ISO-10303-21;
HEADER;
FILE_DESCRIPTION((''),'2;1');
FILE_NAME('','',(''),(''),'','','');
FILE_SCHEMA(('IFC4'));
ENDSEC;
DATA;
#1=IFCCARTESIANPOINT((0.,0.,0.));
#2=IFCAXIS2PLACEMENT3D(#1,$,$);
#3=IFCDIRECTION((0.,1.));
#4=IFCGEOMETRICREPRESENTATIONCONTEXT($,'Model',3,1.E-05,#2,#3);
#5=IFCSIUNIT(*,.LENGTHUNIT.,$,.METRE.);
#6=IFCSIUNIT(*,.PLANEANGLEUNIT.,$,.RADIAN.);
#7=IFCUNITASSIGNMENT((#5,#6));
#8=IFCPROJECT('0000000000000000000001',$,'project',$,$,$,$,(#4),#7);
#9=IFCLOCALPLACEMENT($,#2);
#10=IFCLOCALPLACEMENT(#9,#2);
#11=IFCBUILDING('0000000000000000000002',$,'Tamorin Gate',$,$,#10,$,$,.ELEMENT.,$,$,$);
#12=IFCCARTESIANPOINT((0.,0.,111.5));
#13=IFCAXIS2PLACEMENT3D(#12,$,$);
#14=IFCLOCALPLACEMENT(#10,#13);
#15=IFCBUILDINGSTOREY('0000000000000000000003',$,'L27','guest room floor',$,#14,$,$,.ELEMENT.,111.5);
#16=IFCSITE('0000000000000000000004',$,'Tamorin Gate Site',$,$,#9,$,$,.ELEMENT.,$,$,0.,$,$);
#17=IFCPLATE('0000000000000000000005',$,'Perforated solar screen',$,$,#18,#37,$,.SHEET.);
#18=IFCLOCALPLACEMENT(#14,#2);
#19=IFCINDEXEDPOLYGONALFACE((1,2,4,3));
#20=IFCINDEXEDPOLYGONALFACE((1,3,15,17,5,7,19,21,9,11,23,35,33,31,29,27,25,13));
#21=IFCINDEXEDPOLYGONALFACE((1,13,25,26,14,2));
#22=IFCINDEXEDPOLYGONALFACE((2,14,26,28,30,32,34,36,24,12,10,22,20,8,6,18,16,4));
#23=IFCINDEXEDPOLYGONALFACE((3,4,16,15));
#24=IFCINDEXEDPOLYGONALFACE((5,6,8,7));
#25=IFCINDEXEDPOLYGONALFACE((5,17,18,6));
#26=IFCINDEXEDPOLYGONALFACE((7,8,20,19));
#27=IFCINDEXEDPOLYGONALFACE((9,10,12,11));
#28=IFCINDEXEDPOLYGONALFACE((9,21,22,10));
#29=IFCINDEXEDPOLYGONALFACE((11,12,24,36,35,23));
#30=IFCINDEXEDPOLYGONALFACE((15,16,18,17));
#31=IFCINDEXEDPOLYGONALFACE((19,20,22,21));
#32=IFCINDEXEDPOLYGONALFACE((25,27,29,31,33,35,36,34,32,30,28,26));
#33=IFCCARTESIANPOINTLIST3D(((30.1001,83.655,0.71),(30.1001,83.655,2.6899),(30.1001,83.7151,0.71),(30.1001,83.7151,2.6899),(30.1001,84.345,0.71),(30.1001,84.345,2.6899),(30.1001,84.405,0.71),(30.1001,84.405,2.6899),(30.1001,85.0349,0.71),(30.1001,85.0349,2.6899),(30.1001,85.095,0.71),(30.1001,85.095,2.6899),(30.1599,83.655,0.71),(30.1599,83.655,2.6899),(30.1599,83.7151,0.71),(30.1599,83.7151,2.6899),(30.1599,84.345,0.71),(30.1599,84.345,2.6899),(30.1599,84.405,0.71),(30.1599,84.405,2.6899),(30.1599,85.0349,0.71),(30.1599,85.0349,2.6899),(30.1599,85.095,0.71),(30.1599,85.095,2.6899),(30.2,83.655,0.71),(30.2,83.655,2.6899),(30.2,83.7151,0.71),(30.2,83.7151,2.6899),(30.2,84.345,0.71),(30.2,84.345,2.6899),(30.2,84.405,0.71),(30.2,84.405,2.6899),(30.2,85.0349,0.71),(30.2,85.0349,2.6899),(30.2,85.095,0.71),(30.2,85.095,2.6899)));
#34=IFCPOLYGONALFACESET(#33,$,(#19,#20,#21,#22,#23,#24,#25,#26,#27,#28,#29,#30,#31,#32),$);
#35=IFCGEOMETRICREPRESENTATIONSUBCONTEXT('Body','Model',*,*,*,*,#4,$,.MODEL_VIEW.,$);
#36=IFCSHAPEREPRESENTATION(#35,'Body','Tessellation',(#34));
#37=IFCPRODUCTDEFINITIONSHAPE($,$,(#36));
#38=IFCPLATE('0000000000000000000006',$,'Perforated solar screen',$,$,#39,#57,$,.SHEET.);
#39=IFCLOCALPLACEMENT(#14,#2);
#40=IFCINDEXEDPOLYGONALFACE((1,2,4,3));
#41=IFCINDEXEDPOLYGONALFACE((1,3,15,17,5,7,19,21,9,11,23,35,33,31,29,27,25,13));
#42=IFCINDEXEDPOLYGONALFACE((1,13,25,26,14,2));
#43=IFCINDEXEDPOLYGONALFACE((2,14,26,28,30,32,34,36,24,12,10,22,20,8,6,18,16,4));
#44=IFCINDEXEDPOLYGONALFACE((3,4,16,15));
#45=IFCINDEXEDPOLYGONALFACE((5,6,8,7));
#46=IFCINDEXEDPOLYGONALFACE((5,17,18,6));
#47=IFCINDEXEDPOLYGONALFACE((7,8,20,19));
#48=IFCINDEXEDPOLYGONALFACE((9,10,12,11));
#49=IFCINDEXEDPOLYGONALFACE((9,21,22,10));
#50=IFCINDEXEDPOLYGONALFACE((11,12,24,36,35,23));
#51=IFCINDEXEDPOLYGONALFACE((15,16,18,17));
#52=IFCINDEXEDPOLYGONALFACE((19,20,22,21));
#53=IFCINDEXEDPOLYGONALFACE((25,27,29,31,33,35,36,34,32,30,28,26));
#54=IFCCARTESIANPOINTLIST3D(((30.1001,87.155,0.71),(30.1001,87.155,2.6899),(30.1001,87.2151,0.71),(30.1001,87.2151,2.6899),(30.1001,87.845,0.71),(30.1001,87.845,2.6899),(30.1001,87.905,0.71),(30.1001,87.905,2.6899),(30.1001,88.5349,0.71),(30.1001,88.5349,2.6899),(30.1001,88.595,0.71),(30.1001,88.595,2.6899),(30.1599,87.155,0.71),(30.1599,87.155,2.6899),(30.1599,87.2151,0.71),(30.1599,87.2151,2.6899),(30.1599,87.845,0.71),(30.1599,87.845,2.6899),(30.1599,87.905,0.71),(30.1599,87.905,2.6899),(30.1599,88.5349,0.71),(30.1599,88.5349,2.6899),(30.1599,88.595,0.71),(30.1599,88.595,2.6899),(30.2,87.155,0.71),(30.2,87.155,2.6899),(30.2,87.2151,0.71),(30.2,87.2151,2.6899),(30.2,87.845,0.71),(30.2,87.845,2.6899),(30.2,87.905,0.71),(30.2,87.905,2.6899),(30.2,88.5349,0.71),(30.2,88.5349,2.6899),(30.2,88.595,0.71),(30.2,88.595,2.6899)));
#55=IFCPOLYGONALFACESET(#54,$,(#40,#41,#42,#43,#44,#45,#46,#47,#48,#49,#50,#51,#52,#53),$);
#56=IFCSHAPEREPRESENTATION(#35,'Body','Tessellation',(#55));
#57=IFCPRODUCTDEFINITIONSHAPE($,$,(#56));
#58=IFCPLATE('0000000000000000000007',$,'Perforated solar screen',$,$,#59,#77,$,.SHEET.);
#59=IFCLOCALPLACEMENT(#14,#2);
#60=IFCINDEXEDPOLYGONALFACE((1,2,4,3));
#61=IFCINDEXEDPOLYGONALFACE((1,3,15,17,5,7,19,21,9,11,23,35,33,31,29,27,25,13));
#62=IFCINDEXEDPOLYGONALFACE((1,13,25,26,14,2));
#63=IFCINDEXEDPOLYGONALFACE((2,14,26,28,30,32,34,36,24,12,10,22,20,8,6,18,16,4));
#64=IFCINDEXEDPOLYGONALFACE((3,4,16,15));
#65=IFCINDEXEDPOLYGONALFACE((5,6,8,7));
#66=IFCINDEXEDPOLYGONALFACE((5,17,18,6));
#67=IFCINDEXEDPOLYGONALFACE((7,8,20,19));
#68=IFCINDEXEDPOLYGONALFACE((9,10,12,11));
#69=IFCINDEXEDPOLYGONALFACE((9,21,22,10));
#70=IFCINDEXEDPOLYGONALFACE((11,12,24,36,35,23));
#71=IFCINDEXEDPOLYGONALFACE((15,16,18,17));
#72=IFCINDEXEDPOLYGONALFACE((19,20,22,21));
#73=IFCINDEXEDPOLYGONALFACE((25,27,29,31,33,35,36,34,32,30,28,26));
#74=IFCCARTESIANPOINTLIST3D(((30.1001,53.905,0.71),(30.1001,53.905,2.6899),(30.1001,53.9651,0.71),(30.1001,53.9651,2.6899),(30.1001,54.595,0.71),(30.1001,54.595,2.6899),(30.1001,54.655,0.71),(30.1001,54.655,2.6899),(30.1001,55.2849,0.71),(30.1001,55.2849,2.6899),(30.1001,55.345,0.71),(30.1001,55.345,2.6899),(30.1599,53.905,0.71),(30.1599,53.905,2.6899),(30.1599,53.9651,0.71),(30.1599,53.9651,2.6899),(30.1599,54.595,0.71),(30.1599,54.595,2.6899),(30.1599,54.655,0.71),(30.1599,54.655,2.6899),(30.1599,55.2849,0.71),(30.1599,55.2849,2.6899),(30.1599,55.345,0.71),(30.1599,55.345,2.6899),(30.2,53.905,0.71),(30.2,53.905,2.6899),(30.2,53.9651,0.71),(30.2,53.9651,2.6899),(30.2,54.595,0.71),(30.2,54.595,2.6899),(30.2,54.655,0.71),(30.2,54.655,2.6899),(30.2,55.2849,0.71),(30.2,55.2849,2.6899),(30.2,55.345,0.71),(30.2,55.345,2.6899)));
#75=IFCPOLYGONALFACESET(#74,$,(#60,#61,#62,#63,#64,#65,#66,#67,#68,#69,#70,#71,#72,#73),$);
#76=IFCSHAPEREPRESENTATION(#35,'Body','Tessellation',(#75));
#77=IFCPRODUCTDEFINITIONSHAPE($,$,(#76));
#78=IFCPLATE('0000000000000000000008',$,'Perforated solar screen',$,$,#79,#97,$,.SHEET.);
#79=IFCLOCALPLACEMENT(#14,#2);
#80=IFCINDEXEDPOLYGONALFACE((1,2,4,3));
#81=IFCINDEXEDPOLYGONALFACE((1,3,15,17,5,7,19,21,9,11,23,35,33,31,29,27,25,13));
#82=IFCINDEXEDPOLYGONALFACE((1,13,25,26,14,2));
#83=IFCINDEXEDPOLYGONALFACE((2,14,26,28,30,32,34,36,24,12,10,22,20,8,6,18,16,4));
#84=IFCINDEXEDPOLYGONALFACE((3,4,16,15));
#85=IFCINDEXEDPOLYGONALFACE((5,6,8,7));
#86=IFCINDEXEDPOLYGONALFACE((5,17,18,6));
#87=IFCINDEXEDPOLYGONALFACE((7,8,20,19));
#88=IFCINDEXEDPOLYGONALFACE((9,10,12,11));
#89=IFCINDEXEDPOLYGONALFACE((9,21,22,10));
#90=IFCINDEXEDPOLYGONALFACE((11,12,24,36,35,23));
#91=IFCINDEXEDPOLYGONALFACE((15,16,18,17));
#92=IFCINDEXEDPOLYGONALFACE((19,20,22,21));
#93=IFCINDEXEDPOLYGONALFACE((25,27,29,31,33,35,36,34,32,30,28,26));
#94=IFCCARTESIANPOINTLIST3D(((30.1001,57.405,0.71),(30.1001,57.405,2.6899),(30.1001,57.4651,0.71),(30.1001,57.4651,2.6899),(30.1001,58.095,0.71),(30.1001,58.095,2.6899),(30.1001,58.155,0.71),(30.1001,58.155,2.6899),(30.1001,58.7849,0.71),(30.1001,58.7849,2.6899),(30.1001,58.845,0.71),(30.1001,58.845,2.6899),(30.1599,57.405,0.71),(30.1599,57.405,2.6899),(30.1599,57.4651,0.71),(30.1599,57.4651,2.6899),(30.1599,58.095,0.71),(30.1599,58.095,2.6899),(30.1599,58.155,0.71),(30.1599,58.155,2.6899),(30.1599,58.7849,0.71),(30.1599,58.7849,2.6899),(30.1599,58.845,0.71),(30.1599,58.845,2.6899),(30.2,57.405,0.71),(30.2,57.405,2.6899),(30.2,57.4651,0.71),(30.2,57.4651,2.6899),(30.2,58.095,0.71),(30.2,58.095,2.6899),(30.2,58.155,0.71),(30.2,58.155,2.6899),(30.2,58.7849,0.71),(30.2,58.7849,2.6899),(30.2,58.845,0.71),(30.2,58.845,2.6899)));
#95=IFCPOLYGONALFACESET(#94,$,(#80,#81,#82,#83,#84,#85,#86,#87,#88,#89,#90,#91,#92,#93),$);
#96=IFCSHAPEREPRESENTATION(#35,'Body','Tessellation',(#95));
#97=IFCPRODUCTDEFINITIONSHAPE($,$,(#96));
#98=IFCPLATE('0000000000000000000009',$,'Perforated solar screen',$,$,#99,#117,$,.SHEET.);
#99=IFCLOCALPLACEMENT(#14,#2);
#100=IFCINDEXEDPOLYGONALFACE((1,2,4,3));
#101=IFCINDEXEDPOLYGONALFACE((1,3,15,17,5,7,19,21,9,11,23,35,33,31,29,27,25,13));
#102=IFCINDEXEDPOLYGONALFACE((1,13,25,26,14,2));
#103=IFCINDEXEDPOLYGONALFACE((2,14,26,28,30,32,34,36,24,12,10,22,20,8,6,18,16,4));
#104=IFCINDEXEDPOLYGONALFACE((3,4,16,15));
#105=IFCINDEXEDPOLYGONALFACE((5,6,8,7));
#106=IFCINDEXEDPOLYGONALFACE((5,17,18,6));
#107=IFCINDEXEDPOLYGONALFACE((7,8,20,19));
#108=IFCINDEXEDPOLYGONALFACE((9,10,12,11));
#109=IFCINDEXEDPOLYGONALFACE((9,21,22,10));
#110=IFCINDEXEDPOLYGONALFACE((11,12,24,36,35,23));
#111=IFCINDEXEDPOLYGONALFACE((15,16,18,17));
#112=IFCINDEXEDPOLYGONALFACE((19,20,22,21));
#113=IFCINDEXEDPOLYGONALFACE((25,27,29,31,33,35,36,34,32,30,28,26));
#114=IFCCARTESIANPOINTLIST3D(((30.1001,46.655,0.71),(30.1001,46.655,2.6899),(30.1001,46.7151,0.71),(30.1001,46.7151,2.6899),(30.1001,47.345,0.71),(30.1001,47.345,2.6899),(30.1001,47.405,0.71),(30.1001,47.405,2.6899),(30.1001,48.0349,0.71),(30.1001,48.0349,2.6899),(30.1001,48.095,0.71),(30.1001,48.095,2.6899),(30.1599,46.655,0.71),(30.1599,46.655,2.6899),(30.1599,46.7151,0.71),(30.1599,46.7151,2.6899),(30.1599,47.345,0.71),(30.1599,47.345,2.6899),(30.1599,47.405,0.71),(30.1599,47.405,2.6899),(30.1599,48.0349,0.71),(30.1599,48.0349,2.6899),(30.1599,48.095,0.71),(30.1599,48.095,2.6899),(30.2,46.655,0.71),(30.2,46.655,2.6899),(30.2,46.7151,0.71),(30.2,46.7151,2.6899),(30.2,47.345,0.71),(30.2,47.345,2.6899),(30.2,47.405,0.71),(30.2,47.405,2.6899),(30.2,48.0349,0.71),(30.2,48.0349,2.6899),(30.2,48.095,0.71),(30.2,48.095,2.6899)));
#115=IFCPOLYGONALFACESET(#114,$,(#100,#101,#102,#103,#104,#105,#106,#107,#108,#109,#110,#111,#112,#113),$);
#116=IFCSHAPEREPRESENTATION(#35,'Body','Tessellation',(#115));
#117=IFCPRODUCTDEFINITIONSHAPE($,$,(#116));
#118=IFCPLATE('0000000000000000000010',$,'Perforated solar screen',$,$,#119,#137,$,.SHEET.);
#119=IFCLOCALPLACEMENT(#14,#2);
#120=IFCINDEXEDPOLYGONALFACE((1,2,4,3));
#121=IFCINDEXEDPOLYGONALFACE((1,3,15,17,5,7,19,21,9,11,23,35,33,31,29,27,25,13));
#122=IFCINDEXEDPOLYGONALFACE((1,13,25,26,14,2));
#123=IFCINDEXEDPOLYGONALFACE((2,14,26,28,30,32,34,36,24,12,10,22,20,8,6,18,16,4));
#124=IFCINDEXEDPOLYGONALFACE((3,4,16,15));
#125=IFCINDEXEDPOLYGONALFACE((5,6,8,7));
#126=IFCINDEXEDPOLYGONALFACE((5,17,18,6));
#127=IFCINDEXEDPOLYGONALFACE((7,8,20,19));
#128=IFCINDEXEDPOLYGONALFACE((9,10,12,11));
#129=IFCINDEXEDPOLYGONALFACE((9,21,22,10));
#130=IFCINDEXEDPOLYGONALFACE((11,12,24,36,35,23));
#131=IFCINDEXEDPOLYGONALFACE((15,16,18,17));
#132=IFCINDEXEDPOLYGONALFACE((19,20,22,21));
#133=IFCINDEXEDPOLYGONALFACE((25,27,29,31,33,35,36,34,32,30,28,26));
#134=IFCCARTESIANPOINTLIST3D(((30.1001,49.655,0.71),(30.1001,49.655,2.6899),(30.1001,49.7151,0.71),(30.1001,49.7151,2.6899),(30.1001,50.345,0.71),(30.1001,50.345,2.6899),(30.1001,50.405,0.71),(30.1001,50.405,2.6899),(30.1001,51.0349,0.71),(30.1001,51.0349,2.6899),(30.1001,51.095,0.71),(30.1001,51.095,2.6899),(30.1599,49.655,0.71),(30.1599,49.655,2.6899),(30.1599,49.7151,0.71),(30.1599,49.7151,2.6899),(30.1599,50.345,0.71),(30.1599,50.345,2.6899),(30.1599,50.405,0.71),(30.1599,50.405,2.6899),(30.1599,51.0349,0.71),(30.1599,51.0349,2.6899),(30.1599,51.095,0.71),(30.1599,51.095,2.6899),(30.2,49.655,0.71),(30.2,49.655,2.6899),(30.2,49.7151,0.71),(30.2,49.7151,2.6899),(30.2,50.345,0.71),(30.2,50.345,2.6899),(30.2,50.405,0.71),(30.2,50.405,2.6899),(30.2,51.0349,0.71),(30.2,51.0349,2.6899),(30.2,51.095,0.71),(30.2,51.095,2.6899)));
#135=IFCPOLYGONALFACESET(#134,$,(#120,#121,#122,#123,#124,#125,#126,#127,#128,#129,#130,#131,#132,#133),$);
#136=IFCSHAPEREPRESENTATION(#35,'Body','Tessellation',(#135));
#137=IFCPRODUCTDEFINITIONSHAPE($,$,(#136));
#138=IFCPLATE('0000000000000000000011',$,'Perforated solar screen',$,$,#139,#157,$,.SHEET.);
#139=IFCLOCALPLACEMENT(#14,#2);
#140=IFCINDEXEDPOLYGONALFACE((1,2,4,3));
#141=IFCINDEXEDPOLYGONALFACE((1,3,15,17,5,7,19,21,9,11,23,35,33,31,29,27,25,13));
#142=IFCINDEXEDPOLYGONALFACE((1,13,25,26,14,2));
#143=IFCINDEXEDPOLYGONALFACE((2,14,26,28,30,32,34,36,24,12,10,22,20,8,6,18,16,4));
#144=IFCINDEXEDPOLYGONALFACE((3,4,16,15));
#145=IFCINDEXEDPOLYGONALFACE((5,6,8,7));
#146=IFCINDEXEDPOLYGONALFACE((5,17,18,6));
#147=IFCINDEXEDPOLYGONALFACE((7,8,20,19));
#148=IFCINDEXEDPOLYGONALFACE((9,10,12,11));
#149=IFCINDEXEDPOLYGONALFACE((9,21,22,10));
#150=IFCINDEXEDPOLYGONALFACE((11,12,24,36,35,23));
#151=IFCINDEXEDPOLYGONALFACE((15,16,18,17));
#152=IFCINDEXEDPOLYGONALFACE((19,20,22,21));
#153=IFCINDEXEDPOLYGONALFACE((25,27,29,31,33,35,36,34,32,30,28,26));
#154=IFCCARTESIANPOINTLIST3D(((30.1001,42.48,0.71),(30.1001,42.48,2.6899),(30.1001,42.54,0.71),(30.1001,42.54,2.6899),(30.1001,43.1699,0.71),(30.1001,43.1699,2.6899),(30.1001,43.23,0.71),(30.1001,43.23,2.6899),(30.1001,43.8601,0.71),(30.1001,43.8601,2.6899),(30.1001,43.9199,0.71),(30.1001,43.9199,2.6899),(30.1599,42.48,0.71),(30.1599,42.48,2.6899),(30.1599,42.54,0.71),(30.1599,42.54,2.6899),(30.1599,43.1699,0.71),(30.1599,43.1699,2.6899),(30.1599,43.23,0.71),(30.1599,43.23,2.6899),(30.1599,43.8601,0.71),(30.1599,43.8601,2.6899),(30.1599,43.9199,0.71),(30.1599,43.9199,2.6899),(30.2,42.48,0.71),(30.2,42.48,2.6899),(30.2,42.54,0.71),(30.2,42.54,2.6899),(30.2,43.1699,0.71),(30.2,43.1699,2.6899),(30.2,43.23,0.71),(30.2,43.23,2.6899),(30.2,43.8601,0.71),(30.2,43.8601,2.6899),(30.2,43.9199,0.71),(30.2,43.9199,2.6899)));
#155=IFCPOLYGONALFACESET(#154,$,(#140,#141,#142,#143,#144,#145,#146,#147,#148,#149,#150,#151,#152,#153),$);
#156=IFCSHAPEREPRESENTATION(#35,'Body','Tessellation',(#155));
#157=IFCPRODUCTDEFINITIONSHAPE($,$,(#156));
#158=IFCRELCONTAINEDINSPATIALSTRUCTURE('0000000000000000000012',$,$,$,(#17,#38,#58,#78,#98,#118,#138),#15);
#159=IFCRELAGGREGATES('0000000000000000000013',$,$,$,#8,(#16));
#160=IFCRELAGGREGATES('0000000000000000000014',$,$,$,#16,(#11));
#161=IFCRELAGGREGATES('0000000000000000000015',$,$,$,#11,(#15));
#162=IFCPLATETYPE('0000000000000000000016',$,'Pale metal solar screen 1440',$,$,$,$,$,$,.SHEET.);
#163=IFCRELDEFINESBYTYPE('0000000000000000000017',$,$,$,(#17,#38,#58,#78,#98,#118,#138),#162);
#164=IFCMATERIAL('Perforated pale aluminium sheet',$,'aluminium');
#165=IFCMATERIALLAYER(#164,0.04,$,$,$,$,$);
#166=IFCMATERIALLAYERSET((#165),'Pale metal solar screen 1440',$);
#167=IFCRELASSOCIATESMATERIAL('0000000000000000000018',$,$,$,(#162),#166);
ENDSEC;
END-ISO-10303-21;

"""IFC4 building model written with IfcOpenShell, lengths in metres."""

from ifc_helpers import new_model, si_unit, direction, frame, origin, place, context, subcontext, project, spatial, polyline, outline, extrude, material, layer, layer_set, type_object, element, save


model = new_model("IFC4")

# Units and contexts
model_context = context("Model", 3, precision=1e-05, world=origin(), true_north=direction((0.0, 1.0)))
body_context = subcontext(model_context, "Body", "Model", "MODEL_VIEW")
ifc_project = project(units=[si_unit("LENGTHUNIT", "METRE"), si_unit("PLANEANGLEUNIT", "RADIAN")], contexts=[model_context])

# Site, building, storey
site_placement = place(None, origin())
site = spatial("IfcSite", under=ifc_project, at=site_placement, Name="Tamorin Gate Site", CompositionType="ELEMENT", RefElevation=0.0)
building_placement = place(site_placement, origin())
building = spatial("IfcBuilding", under=site, at=building_placement, Name="Tamorin Gate", CompositionType="ELEMENT")
storey_placement = place(building_placement, frame((0.0, 0.0, 111.5)))
storey = spatial("IfcBuildingStorey", under=building, at=storey_placement, Name="L27", Description="guest room floor", CompositionType="ELEMENT", Elevation=111.5)

# Plates
ifc_material_1 = material(Name="Perforated pale aluminium sheet", Category="aluminium")
ifc_layer_1 = layer(ifc_material_1, 0.04)
ifc_layer_set_1 = layer_set([ifc_layer_1], Name="Pale metal solar screen 1440")
plate_type = type_object("IfcPlateType", Name="Pale metal solar screen 1440", PredefinedType="SHEET", material=ifc_layer_set_1)
plate_1_placement = place(storey_placement, frame((0.0, 0.0, 0.71)))
element("IfcPlate", 1, at=plate_1_placement, inside=storey, type_object=plate_type, Name="Perforated solar screen", PredefinedType="SHEET", context=body_context, shape_type="SweptSolid", body=[
    extrude(outline(polyline([(30.1599, 85.095), (30.2, 85.095), (30.2, 85.0349), (30.2, 84.405), (30.2, 84.345), (30.2, 83.7151), (30.2, 83.655), (30.1599, 83.655), (30.1001, 83.655), (30.1001, 83.7151), (30.1599, 83.7151), (30.1599, 84.345), (30.1001, 84.345), (30.1001, 84.405), (30.1599, 84.405), (30.1599, 85.0349), (30.1001, 85.0349), (30.1001, 85.095), (30.1599, 85.095)])), origin(), (0.0, 0.0, 1.0), 1.98),
])
plate_2_placement = place(storey_placement, frame((0.0, 0.0, 0.71)))
element("IfcPlate", 2, at=plate_2_placement, inside=storey, type_object=plate_type, Name="Perforated solar screen", PredefinedType="SHEET", context=body_context, shape_type="SweptSolid", body=[
    extrude(outline(polyline([(30.1599, 88.595), (30.2, 88.595), (30.2, 88.5349), (30.2, 87.905), (30.2, 87.845), (30.2, 87.2151), (30.2, 87.155), (30.1599, 87.155), (30.1001, 87.155), (30.1001, 87.2151), (30.1599, 87.2151), (30.1599, 87.845), (30.1001, 87.845), (30.1001, 87.905), (30.1599, 87.905), (30.1599, 88.5349), (30.1001, 88.5349), (30.1001, 88.595), (30.1599, 88.595)])), origin(), (0.0, 0.0, 1.0), 1.98),
])
plate_3_placement = place(storey_placement, frame((0.0, 0.0, 0.71)))
element("IfcPlate", 3, at=plate_3_placement, inside=storey, type_object=plate_type, Name="Perforated solar screen", PredefinedType="SHEET", context=body_context, shape_type="SweptSolid", body=[
    extrude(outline(polyline([(30.1599, 55.345), (30.2, 55.345), (30.2, 55.2849), (30.2, 54.655), (30.2, 54.595), (30.2, 53.9651), (30.2, 53.905), (30.1599, 53.905), (30.1001, 53.905), (30.1001, 53.9651), (30.1599, 53.9651), (30.1599, 54.595), (30.1001, 54.595), (30.1001, 54.655), (30.1599, 54.655), (30.1599, 55.2849), (30.1001, 55.2849), (30.1001, 55.345), (30.1599, 55.345)])), origin(), (0.0, 0.0, 1.0), 1.98),
])
plate_4_placement = place(storey_placement, frame((0.0, 0.0, 0.71)))
element("IfcPlate", 4, at=plate_4_placement, inside=storey, type_object=plate_type, Name="Perforated solar screen", PredefinedType="SHEET", context=body_context, shape_type="SweptSolid", body=[
    extrude(outline(polyline([(30.1599, 58.845), (30.2, 58.845), (30.2, 58.7849), (30.2, 58.155), (30.2, 58.095), (30.2, 57.4651), (30.2, 57.405), (30.1599, 57.405), (30.1001, 57.405), (30.1001, 57.4651), (30.1599, 57.4651), (30.1599, 58.095), (30.1001, 58.095), (30.1001, 58.155), (30.1599, 58.155), (30.1599, 58.7849), (30.1001, 58.7849), (30.1001, 58.845), (30.1599, 58.845)])), origin(), (0.0, 0.0, 1.0), 1.98),
])
plate_5_placement = place(storey_placement, frame((0.0, 0.0, 0.71)))
element("IfcPlate", 5, at=plate_5_placement, inside=storey, type_object=plate_type, Name="Perforated solar screen", PredefinedType="SHEET", context=body_context, shape_type="SweptSolid", body=[
    extrude(outline(polyline([(30.1599, 48.095), (30.2, 48.095), (30.2, 48.0349), (30.2, 47.405), (30.2, 47.345), (30.2, 46.7151), (30.2, 46.655), (30.1599, 46.655), (30.1001, 46.655), (30.1001, 46.7151), (30.1599, 46.7151), (30.1599, 47.345), (30.1001, 47.345), (30.1001, 47.405), (30.1599, 47.405), (30.1599, 48.0349), (30.1001, 48.0349), (30.1001, 48.095), (30.1599, 48.095)])), origin(), (0.0, 0.0, 1.0), 1.98),
])
plate_6_placement = place(storey_placement, frame((0.0, 0.0, 0.71)))
element("IfcPlate", 6, at=plate_6_placement, inside=storey, type_object=plate_type, Name="Perforated solar screen", PredefinedType="SHEET", context=body_context, shape_type="SweptSolid", body=[
    extrude(outline(polyline([(30.1599, 51.095), (30.2, 51.095), (30.2, 51.0349), (30.2, 50.405), (30.2, 50.345), (30.2, 49.7151), (30.2, 49.655), (30.1599, 49.655), (30.1001, 49.655), (30.1001, 49.7151), (30.1599, 49.7151), (30.1599, 50.345), (30.1001, 50.345), (30.1001, 50.405), (30.1599, 50.405), (30.1599, 51.0349), (30.1001, 51.0349), (30.1001, 51.095), (30.1599, 51.095)])), origin(), (0.0, 0.0, 1.0), 1.98),
])
plate_7_placement = place(storey_placement, frame((0.0, 0.0, 0.71)))
element("IfcPlate", 7, at=plate_7_placement, inside=storey, type_object=plate_type, Name="Perforated solar screen", PredefinedType="SHEET", context=body_context, shape_type="SweptSolid", body=[
    extrude(outline(polyline([(30.1599, 43.9199), (30.2, 43.9199), (30.2, 43.8601), (30.2, 43.23), (30.2, 43.1699), (30.2, 42.54), (30.2, 42.48), (30.1599, 42.48), (30.1001, 42.48), (30.1001, 42.54), (30.1599, 42.54), (30.1599, 43.1699), (30.1001, 43.1699), (30.1001, 43.23), (30.1599, 43.23), (30.1599, 43.8601), (30.1001, 43.8601), (30.1001, 43.9199), (30.1599, 43.9199)])), origin(), (0.0, 0.0, 1.0), 1.98),
])

save(model, "model.ifc")
